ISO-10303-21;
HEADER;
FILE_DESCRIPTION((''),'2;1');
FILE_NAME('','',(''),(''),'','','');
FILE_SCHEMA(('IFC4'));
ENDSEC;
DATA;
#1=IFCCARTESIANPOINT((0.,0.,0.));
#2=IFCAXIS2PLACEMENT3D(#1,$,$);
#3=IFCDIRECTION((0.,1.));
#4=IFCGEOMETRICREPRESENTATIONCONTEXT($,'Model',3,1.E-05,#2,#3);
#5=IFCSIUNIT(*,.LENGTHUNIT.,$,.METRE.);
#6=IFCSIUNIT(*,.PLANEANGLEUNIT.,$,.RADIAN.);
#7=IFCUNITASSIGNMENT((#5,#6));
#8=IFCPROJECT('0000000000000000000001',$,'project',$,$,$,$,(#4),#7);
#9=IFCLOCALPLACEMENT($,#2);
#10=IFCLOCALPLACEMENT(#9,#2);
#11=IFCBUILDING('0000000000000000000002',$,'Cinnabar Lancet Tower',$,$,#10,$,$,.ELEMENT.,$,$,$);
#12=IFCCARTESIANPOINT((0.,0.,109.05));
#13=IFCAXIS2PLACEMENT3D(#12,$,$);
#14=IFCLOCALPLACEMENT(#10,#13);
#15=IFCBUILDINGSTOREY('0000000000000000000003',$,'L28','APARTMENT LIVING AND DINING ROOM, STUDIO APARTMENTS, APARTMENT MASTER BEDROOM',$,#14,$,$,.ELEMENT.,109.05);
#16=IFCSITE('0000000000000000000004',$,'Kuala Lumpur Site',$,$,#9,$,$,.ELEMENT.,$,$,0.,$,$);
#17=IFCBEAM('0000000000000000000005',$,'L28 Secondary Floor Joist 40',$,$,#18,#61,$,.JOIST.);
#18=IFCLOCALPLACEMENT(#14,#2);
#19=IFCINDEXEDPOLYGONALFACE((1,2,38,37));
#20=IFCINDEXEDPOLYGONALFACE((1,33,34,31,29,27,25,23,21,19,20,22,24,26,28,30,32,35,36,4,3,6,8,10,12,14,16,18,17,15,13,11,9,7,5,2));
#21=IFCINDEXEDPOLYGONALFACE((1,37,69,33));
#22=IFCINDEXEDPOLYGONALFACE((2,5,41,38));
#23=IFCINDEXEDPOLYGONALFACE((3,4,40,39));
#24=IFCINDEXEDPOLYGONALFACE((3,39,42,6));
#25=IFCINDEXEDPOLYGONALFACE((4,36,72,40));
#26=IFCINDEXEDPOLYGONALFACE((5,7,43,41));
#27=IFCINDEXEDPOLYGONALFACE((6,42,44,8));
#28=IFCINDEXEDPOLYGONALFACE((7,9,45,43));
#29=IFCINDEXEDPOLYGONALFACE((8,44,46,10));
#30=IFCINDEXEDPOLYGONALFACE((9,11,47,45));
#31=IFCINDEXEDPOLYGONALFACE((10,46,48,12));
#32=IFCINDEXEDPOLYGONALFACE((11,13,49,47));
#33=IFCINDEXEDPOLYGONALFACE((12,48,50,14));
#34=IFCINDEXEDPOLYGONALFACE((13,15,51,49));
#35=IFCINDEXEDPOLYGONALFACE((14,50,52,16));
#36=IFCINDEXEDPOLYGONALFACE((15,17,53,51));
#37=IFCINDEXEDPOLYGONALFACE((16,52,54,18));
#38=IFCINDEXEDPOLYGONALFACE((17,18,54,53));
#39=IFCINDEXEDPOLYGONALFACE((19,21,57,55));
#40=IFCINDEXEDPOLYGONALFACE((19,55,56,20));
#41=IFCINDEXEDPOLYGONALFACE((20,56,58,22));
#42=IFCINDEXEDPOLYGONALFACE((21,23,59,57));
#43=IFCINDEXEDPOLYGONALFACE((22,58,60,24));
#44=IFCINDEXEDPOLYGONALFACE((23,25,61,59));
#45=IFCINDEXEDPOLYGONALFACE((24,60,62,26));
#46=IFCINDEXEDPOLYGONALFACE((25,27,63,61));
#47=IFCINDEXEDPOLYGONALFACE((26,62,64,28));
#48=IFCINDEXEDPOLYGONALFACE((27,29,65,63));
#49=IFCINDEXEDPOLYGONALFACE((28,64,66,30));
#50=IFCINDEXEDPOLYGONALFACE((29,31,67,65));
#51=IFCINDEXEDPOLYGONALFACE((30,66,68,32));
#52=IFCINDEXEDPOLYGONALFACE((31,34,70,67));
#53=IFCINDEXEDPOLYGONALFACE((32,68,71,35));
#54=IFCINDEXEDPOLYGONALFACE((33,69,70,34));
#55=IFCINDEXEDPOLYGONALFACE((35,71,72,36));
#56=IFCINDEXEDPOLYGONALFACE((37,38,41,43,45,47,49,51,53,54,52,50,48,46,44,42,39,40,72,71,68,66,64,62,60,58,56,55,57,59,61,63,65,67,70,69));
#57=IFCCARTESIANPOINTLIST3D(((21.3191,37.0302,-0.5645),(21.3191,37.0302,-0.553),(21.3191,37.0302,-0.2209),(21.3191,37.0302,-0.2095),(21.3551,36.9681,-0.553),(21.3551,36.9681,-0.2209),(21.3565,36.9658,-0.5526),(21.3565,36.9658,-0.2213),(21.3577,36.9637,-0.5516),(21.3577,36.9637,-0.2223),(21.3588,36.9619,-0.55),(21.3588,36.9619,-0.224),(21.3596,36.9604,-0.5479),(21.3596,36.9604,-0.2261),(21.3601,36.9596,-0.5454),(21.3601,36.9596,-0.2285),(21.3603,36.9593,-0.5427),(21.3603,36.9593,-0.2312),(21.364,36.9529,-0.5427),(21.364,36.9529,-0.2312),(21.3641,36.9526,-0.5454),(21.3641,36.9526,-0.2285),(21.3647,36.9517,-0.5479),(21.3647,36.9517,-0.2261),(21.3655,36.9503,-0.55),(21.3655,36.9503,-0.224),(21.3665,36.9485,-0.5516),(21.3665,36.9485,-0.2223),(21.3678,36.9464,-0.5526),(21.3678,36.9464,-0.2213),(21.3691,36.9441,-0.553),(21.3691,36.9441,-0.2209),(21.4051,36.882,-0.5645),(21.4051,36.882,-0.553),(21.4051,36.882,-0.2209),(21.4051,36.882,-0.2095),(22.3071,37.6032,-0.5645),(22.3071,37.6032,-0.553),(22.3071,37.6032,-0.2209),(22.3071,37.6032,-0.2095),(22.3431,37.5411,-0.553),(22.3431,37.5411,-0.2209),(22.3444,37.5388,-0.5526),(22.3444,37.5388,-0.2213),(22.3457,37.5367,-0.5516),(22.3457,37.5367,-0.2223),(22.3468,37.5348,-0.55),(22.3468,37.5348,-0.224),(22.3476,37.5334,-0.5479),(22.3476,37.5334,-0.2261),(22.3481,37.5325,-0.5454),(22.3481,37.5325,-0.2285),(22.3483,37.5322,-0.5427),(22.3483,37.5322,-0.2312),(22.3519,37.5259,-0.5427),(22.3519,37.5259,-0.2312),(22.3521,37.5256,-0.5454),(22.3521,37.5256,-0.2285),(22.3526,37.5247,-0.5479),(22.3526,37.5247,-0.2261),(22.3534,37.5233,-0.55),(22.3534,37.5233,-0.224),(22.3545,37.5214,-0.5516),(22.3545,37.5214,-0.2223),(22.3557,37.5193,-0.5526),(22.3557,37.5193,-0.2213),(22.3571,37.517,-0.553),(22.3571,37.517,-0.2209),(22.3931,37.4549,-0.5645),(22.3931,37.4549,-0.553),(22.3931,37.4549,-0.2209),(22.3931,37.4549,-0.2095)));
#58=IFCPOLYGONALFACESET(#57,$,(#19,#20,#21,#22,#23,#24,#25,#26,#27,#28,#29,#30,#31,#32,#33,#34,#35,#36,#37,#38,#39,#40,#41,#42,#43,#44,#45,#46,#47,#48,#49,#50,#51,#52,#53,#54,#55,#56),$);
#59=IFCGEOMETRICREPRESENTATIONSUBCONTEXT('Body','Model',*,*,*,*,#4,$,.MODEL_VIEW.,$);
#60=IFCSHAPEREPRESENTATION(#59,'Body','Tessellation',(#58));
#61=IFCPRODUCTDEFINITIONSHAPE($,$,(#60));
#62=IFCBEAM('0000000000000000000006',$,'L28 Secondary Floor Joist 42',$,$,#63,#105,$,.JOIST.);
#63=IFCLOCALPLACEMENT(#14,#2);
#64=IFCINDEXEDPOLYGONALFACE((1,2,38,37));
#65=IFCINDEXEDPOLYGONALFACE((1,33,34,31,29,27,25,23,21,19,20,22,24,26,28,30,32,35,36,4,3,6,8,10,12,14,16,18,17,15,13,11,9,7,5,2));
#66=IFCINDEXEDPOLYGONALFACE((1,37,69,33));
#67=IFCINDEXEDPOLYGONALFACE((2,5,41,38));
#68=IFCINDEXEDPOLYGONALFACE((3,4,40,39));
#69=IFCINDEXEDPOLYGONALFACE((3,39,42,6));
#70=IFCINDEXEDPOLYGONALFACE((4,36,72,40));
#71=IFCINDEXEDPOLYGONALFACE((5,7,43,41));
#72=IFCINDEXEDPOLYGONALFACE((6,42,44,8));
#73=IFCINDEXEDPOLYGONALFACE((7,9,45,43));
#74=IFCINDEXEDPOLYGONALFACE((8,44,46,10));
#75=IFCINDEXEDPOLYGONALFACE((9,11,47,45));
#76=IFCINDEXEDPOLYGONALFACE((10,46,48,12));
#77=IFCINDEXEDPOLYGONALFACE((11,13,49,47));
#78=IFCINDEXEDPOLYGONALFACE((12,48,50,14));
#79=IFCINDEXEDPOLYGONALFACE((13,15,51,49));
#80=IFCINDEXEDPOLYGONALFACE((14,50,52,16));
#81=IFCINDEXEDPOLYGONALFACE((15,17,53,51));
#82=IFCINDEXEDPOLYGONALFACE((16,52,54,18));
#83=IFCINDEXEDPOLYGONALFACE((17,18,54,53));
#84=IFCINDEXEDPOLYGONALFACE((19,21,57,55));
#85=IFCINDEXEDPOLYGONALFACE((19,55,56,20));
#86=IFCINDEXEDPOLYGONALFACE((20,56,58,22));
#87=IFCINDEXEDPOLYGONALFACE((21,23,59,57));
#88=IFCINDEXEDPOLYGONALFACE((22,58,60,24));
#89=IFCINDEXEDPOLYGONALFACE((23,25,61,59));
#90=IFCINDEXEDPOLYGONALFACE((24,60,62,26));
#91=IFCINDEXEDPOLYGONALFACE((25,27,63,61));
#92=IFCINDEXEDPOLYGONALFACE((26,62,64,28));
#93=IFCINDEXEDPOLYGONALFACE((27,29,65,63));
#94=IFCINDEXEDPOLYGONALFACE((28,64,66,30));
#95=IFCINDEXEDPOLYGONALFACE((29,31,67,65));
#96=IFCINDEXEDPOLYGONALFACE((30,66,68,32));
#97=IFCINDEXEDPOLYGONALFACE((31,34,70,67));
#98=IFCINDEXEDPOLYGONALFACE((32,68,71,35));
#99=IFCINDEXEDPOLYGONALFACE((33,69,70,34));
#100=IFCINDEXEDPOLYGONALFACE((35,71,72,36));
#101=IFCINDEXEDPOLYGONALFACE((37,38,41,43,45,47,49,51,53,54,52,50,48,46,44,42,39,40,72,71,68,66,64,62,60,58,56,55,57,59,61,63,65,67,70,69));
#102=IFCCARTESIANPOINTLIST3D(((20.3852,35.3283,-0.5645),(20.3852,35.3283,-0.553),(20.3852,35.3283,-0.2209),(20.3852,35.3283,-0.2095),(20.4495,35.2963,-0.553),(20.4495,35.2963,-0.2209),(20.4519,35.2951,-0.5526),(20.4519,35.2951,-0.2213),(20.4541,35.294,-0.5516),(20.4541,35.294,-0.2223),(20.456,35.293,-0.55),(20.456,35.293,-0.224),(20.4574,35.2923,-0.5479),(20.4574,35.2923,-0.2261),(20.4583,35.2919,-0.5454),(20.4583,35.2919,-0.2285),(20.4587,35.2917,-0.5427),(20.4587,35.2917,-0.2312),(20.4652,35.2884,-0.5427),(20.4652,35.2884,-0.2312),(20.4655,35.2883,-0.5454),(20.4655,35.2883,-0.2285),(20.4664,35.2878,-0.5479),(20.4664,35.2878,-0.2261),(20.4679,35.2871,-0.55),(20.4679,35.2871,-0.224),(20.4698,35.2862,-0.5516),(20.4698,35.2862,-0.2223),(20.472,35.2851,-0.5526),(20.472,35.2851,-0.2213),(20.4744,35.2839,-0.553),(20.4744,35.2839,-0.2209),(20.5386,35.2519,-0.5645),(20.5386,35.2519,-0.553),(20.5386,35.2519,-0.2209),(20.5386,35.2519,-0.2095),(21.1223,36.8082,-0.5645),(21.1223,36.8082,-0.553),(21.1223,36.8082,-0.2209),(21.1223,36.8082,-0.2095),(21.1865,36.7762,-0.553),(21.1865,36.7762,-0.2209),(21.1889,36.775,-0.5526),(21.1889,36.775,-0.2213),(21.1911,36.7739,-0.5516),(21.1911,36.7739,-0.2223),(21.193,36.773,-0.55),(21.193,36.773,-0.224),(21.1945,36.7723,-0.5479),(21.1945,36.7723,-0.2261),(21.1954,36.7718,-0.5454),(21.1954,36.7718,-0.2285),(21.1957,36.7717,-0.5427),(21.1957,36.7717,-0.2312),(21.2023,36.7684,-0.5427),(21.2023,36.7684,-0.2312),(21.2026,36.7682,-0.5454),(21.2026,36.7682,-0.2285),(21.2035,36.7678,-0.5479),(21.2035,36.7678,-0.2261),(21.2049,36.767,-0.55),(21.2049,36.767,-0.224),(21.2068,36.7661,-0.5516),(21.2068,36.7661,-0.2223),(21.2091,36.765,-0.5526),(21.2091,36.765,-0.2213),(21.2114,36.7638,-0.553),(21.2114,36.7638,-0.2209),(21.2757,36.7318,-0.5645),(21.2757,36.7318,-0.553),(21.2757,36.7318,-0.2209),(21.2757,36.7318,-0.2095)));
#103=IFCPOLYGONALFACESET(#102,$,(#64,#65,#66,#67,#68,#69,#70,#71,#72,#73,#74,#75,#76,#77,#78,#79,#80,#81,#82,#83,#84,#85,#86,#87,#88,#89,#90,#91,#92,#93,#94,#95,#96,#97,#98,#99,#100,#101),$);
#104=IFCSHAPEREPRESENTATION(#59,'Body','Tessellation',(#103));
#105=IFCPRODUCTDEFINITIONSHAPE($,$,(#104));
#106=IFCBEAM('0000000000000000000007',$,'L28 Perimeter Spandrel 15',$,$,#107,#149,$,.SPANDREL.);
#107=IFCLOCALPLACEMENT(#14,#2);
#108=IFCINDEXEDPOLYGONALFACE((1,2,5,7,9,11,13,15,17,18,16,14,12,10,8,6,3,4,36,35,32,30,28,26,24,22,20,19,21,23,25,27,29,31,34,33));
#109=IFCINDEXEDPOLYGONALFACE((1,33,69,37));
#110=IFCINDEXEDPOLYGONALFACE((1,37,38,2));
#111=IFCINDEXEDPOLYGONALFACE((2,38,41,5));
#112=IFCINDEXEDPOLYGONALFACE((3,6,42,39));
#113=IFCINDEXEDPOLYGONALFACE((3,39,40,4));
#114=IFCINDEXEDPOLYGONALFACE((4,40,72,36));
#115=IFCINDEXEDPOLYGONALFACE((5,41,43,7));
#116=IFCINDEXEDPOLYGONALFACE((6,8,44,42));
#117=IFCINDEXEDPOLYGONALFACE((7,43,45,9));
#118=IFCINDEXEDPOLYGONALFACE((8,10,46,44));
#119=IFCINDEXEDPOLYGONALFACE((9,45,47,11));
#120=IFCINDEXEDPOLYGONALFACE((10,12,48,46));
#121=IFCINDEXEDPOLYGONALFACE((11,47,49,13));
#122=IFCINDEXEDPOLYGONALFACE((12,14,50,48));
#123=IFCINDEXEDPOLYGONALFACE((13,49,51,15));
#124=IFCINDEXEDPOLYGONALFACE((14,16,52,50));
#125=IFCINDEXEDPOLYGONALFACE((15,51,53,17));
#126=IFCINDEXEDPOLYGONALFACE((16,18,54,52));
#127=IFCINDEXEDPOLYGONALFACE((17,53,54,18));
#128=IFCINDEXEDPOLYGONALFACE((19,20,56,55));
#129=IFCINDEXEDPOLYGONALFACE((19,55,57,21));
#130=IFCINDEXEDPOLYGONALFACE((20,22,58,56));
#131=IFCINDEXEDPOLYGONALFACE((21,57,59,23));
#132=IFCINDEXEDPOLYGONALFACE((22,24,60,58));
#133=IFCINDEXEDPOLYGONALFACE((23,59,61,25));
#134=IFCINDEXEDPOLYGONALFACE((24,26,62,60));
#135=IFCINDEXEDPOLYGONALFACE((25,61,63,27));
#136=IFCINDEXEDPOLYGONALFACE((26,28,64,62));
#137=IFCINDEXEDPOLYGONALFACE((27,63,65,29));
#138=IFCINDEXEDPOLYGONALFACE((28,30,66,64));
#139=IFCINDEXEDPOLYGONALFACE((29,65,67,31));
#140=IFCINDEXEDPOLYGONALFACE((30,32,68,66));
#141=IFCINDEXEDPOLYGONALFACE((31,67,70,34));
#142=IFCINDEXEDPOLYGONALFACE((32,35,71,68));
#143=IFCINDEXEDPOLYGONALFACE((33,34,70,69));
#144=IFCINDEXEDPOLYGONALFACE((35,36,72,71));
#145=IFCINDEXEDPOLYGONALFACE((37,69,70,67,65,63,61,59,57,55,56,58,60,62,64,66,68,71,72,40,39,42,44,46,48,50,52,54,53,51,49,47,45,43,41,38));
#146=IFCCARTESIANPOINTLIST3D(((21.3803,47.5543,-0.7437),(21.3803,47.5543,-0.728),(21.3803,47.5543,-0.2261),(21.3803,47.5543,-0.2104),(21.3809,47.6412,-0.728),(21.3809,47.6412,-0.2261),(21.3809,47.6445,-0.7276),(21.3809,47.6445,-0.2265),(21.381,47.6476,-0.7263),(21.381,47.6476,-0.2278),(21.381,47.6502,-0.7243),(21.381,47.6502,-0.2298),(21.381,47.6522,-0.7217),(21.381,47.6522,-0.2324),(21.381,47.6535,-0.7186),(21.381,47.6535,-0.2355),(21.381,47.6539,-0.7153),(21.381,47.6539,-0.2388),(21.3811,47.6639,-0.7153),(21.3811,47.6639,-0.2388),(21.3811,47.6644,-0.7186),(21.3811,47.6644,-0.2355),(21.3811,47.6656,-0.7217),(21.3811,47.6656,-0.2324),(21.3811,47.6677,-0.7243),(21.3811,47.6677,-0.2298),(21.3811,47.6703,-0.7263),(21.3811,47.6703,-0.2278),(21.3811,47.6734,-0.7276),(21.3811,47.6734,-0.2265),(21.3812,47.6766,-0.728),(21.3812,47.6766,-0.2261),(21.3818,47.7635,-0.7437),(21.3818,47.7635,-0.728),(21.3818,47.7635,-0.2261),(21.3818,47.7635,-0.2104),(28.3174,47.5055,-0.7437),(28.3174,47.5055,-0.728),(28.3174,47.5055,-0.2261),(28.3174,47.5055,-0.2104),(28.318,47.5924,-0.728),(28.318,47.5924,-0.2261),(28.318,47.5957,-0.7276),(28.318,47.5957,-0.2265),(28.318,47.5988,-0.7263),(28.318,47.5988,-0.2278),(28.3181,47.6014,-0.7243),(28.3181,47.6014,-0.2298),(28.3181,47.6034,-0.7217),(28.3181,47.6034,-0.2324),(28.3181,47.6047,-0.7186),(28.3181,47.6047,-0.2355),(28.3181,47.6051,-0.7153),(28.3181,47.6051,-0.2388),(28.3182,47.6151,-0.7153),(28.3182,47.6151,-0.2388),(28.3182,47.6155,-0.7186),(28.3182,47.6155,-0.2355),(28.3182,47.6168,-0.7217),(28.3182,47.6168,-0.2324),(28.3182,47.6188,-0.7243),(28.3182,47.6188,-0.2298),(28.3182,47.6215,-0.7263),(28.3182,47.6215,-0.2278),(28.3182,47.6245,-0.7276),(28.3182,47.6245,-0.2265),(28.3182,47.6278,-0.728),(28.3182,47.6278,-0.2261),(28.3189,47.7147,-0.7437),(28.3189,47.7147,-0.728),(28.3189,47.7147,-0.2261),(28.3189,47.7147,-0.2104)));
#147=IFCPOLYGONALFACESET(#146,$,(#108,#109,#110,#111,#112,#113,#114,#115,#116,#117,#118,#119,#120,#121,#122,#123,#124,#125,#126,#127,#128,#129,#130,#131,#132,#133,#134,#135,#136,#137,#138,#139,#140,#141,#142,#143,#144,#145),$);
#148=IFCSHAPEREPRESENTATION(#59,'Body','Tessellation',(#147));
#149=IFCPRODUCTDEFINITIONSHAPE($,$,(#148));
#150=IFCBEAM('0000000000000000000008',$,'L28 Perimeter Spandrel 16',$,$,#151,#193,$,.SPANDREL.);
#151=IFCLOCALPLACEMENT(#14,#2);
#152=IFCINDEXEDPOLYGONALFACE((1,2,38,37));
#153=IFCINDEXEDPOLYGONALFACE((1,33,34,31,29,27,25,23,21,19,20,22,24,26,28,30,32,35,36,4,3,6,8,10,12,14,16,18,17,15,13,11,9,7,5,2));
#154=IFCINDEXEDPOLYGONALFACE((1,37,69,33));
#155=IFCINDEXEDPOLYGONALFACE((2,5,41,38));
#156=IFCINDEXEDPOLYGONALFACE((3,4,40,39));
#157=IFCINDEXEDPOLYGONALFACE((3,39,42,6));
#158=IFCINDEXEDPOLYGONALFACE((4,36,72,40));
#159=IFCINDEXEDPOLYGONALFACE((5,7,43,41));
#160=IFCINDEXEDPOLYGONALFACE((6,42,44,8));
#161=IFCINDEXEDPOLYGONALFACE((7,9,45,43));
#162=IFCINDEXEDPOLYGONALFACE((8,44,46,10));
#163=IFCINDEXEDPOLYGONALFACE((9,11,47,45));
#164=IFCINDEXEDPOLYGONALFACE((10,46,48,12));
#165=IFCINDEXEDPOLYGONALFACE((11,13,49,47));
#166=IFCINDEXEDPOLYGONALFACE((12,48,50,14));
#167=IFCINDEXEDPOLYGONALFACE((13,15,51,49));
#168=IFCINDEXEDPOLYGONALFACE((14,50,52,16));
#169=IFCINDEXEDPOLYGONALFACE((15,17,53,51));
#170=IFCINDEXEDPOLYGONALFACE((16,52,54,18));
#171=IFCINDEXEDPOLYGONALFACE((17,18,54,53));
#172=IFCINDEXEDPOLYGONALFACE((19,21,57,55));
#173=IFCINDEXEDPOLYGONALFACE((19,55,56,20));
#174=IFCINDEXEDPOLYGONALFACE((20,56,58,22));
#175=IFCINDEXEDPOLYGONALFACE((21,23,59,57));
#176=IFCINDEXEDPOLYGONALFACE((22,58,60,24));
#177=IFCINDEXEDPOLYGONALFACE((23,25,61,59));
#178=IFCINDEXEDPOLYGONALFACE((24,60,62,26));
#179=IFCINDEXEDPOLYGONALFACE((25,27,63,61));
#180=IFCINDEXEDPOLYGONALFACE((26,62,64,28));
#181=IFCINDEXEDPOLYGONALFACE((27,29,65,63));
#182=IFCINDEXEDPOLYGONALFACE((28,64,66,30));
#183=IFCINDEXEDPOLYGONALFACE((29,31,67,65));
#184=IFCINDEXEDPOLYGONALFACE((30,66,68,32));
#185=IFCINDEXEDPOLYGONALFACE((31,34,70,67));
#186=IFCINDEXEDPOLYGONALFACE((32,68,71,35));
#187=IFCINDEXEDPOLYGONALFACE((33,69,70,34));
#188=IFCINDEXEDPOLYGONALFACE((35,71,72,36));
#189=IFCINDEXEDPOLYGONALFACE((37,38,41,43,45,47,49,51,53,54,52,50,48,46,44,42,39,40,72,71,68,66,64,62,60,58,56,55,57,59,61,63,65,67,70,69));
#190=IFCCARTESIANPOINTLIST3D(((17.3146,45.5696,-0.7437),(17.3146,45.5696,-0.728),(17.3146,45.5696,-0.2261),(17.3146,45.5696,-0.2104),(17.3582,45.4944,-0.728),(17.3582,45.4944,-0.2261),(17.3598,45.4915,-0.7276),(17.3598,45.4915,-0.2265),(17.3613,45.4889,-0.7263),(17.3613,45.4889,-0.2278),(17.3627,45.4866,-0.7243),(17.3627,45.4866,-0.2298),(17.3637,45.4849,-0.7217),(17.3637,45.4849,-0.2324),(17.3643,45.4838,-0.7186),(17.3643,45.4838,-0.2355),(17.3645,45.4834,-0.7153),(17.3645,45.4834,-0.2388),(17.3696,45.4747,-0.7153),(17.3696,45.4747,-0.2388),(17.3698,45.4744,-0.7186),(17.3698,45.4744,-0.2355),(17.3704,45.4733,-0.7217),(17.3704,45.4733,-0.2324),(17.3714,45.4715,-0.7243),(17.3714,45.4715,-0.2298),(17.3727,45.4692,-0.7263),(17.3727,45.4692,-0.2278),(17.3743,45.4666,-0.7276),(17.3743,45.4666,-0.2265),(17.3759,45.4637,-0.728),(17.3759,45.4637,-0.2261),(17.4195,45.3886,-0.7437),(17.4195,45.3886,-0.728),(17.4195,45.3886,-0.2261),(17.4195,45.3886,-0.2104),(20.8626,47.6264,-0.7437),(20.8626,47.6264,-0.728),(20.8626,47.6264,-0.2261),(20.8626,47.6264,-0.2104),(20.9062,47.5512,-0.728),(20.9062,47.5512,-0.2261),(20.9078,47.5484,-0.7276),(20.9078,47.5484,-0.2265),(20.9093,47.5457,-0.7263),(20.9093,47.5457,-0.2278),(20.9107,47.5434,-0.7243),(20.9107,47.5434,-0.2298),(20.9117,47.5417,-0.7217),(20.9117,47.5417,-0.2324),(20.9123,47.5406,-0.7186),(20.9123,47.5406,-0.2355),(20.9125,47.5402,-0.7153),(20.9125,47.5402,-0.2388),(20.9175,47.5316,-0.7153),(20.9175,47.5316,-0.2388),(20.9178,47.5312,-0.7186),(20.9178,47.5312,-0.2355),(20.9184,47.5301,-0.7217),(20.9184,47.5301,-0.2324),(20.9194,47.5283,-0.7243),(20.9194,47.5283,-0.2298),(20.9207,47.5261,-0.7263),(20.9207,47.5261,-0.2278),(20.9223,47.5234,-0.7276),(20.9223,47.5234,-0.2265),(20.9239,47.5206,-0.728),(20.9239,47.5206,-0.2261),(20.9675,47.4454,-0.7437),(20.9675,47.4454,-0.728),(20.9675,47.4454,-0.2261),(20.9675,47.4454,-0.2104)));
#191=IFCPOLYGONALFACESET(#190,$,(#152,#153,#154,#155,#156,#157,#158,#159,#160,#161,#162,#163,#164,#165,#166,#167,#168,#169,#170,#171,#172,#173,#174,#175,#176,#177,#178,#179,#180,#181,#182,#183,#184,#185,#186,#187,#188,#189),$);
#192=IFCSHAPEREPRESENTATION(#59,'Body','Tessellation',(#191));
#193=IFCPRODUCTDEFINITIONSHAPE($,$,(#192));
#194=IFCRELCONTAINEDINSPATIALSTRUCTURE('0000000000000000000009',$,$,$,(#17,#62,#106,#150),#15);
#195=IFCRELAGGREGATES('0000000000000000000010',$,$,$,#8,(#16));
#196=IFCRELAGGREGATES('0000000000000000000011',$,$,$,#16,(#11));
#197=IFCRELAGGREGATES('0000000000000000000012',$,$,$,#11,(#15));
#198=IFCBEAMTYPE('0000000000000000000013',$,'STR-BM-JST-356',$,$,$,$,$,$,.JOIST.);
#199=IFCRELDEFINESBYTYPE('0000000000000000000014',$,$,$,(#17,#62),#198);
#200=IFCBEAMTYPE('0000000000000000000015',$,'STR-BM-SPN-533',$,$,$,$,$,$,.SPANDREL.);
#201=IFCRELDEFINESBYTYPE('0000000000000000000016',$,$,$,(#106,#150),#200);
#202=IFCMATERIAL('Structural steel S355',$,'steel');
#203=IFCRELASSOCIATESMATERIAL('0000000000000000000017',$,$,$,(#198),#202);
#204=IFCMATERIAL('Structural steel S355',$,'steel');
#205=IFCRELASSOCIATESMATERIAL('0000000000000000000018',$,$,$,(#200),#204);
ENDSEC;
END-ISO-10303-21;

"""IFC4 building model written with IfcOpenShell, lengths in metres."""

from ifc_helpers import new_model, si_unit, direction, frame, origin, origin_2d, place, context, subcontext, project, spatial, i_section, extrude, material, material_profile, profile_set, type_object, element, save


model = new_model("IFC4")

# Units and contexts
model_context = context("Model", 3, precision=1e-05, world=origin(), true_north=direction((0.0, 1.0)))
body_context = subcontext(model_context, "Body", "Model", "MODEL_VIEW")
ifc_project = project(units=[si_unit("LENGTHUNIT", "METRE"), si_unit("PLANEANGLEUNIT", "RADIAN")], contexts=[model_context])

# Site, building, storey
site_placement = place(None, origin())
site = spatial("IfcSite", under=ifc_project, at=site_placement, Name="Kuala Lumpur Site", CompositionType="ELEMENT", RefElevation=0.0)
building_placement = place(site_placement, origin())
building = spatial("IfcBuilding", under=site, at=building_placement, Name="Cinnabar Lancet Tower", CompositionType="ELEMENT")
storey_placement = place(building_placement, frame((0.0, 0.0, 109.05)))
storey = spatial("IfcBuildingStorey", under=building, at=storey_placement, Name="L28", Description="APARTMENT LIVING AND DINING ROOM, STUDIO APARTMENTS, APARTMENT MASTER BEDROOM", CompositionType="ELEMENT", Elevation=109.05)

# Beams
ifc_material_1 = material(Name="Structural steel S355", Category="steel")
ifc_material_profile_1 = material_profile(ifc_material_1, i_section(OverallWidth=0.1714, OverallDepth=0.355, WebThickness=0.0073, FlangeThickness=0.0115, FilletRadius=0.0103, at=origin_2d()), Name="UKB 356x171x51")
ifc_profile_set_1 = profile_set([ifc_material_profile_1], Name="Structural steel S355")
beam_type_1 = type_object("IfcBeamType", Name="STR-BM-JST-356", PredefinedType="JOIST", material=ifc_profile_set_1)
beam_1_placement = place(storey_placement, frame((22.3501, 37.5291, -0.387), z_axis=(-0.865055, -0.501677, 0.0), x_axis=(0.501677, -0.865055, 0.0)))
element("IfcBeam", 1, at=beam_1_placement, inside=storey, type_object=beam_type_1, Name="L28 Secondary Floor Joist 40", PredefinedType="JOIST", context=body_context, shape_type="SweptSolid", body=[
    extrude(i_section(OverallWidth=0.1714, OverallDepth=0.355, WebThickness=0.0073, FlangeThickness=0.0115, FilletRadius=0.0103, at=origin_2d()), origin(), (0.0, 0.0, 1.0), 1.1421),
])
beam_2_placement = place(storey_placement, frame((21.199, 36.77, -0.387), z_axis=(-0.445795, -0.895135, 0.0), x_axis=(0.895135, -0.445795, 0.0)))
element("IfcBeam", 2, at=beam_2_placement, inside=storey, type_object=beam_type_1, Name="L28 Secondary Floor Joist 42", PredefinedType="JOIST", context=body_context, shape_type="SweptSolid", body=[
    extrude(i_section(OverallWidth=0.1714, OverallDepth=0.355, WebThickness=0.0073, FlangeThickness=0.0115, FilletRadius=0.0103, at=origin_2d()), origin(), (0.0, 0.0, 1.0), 1.6533),
])
ifc_material_2 = material(Name="Structural steel S355", Category="steel")
ifc_material_profile_2 = material_profile(ifc_material_2, i_section(OverallWidth=0.2092, OverallDepth=0.5332, WebThickness=0.01, FlangeThickness=0.0156, FilletRadius=0.0127, at=origin_2d()), Name="UKB 533x210x92")
ifc_profile_set_2 = profile_set([ifc_material_profile_2], Name="Structural steel S355")
beam_type_2 = type_object("IfcBeamType", Name="STR-BM-SPN-533", PredefinedType="SPANDREL", material=ifc_profile_set_2)
beam_3_placement = place(storey_placement, frame((28.3181, 47.6101, -0.4771), z_axis=(-0.999975, 0.007039, 0.0), x_axis=(-0.007039, -0.999975, 0.0)))
element("IfcBeam", 3, at=beam_3_placement, inside=storey, type_object=beam_type_2, Name="L28 Perimeter Spandrel 15", PredefinedType="SPANDREL", context=body_context, shape_type="SweptSolid", body=[
    extrude(i_section(OverallWidth=0.2092, OverallDepth=0.5332, WebThickness=0.01, FlangeThickness=0.0156, FilletRadius=0.0127, at=origin_2d()), origin(), (0.0, 0.0, 1.0), 6.9373),
])
beam_4_placement = place(storey_placement, frame((20.915, 47.5359, -0.4771), z_axis=(-0.865138, -0.501534, 0.0), x_axis=(0.501534, -0.865138, 0.0)))
element("IfcBeam", 4, at=beam_4_placement, inside=storey, type_object=beam_type_2, Name="L28 Perimeter Spandrel 16", PredefinedType="SPANDREL", context=body_context, shape_type="SweptSolid", body=[
    extrude(i_section(OverallWidth=0.2092, OverallDepth=0.5332, WebThickness=0.01, FlangeThickness=0.0156, FilletRadius=0.0127, at=origin_2d()), origin(), (0.0, 0.0, 1.0), 4.1011),
])

save(model, "model.ifc")
